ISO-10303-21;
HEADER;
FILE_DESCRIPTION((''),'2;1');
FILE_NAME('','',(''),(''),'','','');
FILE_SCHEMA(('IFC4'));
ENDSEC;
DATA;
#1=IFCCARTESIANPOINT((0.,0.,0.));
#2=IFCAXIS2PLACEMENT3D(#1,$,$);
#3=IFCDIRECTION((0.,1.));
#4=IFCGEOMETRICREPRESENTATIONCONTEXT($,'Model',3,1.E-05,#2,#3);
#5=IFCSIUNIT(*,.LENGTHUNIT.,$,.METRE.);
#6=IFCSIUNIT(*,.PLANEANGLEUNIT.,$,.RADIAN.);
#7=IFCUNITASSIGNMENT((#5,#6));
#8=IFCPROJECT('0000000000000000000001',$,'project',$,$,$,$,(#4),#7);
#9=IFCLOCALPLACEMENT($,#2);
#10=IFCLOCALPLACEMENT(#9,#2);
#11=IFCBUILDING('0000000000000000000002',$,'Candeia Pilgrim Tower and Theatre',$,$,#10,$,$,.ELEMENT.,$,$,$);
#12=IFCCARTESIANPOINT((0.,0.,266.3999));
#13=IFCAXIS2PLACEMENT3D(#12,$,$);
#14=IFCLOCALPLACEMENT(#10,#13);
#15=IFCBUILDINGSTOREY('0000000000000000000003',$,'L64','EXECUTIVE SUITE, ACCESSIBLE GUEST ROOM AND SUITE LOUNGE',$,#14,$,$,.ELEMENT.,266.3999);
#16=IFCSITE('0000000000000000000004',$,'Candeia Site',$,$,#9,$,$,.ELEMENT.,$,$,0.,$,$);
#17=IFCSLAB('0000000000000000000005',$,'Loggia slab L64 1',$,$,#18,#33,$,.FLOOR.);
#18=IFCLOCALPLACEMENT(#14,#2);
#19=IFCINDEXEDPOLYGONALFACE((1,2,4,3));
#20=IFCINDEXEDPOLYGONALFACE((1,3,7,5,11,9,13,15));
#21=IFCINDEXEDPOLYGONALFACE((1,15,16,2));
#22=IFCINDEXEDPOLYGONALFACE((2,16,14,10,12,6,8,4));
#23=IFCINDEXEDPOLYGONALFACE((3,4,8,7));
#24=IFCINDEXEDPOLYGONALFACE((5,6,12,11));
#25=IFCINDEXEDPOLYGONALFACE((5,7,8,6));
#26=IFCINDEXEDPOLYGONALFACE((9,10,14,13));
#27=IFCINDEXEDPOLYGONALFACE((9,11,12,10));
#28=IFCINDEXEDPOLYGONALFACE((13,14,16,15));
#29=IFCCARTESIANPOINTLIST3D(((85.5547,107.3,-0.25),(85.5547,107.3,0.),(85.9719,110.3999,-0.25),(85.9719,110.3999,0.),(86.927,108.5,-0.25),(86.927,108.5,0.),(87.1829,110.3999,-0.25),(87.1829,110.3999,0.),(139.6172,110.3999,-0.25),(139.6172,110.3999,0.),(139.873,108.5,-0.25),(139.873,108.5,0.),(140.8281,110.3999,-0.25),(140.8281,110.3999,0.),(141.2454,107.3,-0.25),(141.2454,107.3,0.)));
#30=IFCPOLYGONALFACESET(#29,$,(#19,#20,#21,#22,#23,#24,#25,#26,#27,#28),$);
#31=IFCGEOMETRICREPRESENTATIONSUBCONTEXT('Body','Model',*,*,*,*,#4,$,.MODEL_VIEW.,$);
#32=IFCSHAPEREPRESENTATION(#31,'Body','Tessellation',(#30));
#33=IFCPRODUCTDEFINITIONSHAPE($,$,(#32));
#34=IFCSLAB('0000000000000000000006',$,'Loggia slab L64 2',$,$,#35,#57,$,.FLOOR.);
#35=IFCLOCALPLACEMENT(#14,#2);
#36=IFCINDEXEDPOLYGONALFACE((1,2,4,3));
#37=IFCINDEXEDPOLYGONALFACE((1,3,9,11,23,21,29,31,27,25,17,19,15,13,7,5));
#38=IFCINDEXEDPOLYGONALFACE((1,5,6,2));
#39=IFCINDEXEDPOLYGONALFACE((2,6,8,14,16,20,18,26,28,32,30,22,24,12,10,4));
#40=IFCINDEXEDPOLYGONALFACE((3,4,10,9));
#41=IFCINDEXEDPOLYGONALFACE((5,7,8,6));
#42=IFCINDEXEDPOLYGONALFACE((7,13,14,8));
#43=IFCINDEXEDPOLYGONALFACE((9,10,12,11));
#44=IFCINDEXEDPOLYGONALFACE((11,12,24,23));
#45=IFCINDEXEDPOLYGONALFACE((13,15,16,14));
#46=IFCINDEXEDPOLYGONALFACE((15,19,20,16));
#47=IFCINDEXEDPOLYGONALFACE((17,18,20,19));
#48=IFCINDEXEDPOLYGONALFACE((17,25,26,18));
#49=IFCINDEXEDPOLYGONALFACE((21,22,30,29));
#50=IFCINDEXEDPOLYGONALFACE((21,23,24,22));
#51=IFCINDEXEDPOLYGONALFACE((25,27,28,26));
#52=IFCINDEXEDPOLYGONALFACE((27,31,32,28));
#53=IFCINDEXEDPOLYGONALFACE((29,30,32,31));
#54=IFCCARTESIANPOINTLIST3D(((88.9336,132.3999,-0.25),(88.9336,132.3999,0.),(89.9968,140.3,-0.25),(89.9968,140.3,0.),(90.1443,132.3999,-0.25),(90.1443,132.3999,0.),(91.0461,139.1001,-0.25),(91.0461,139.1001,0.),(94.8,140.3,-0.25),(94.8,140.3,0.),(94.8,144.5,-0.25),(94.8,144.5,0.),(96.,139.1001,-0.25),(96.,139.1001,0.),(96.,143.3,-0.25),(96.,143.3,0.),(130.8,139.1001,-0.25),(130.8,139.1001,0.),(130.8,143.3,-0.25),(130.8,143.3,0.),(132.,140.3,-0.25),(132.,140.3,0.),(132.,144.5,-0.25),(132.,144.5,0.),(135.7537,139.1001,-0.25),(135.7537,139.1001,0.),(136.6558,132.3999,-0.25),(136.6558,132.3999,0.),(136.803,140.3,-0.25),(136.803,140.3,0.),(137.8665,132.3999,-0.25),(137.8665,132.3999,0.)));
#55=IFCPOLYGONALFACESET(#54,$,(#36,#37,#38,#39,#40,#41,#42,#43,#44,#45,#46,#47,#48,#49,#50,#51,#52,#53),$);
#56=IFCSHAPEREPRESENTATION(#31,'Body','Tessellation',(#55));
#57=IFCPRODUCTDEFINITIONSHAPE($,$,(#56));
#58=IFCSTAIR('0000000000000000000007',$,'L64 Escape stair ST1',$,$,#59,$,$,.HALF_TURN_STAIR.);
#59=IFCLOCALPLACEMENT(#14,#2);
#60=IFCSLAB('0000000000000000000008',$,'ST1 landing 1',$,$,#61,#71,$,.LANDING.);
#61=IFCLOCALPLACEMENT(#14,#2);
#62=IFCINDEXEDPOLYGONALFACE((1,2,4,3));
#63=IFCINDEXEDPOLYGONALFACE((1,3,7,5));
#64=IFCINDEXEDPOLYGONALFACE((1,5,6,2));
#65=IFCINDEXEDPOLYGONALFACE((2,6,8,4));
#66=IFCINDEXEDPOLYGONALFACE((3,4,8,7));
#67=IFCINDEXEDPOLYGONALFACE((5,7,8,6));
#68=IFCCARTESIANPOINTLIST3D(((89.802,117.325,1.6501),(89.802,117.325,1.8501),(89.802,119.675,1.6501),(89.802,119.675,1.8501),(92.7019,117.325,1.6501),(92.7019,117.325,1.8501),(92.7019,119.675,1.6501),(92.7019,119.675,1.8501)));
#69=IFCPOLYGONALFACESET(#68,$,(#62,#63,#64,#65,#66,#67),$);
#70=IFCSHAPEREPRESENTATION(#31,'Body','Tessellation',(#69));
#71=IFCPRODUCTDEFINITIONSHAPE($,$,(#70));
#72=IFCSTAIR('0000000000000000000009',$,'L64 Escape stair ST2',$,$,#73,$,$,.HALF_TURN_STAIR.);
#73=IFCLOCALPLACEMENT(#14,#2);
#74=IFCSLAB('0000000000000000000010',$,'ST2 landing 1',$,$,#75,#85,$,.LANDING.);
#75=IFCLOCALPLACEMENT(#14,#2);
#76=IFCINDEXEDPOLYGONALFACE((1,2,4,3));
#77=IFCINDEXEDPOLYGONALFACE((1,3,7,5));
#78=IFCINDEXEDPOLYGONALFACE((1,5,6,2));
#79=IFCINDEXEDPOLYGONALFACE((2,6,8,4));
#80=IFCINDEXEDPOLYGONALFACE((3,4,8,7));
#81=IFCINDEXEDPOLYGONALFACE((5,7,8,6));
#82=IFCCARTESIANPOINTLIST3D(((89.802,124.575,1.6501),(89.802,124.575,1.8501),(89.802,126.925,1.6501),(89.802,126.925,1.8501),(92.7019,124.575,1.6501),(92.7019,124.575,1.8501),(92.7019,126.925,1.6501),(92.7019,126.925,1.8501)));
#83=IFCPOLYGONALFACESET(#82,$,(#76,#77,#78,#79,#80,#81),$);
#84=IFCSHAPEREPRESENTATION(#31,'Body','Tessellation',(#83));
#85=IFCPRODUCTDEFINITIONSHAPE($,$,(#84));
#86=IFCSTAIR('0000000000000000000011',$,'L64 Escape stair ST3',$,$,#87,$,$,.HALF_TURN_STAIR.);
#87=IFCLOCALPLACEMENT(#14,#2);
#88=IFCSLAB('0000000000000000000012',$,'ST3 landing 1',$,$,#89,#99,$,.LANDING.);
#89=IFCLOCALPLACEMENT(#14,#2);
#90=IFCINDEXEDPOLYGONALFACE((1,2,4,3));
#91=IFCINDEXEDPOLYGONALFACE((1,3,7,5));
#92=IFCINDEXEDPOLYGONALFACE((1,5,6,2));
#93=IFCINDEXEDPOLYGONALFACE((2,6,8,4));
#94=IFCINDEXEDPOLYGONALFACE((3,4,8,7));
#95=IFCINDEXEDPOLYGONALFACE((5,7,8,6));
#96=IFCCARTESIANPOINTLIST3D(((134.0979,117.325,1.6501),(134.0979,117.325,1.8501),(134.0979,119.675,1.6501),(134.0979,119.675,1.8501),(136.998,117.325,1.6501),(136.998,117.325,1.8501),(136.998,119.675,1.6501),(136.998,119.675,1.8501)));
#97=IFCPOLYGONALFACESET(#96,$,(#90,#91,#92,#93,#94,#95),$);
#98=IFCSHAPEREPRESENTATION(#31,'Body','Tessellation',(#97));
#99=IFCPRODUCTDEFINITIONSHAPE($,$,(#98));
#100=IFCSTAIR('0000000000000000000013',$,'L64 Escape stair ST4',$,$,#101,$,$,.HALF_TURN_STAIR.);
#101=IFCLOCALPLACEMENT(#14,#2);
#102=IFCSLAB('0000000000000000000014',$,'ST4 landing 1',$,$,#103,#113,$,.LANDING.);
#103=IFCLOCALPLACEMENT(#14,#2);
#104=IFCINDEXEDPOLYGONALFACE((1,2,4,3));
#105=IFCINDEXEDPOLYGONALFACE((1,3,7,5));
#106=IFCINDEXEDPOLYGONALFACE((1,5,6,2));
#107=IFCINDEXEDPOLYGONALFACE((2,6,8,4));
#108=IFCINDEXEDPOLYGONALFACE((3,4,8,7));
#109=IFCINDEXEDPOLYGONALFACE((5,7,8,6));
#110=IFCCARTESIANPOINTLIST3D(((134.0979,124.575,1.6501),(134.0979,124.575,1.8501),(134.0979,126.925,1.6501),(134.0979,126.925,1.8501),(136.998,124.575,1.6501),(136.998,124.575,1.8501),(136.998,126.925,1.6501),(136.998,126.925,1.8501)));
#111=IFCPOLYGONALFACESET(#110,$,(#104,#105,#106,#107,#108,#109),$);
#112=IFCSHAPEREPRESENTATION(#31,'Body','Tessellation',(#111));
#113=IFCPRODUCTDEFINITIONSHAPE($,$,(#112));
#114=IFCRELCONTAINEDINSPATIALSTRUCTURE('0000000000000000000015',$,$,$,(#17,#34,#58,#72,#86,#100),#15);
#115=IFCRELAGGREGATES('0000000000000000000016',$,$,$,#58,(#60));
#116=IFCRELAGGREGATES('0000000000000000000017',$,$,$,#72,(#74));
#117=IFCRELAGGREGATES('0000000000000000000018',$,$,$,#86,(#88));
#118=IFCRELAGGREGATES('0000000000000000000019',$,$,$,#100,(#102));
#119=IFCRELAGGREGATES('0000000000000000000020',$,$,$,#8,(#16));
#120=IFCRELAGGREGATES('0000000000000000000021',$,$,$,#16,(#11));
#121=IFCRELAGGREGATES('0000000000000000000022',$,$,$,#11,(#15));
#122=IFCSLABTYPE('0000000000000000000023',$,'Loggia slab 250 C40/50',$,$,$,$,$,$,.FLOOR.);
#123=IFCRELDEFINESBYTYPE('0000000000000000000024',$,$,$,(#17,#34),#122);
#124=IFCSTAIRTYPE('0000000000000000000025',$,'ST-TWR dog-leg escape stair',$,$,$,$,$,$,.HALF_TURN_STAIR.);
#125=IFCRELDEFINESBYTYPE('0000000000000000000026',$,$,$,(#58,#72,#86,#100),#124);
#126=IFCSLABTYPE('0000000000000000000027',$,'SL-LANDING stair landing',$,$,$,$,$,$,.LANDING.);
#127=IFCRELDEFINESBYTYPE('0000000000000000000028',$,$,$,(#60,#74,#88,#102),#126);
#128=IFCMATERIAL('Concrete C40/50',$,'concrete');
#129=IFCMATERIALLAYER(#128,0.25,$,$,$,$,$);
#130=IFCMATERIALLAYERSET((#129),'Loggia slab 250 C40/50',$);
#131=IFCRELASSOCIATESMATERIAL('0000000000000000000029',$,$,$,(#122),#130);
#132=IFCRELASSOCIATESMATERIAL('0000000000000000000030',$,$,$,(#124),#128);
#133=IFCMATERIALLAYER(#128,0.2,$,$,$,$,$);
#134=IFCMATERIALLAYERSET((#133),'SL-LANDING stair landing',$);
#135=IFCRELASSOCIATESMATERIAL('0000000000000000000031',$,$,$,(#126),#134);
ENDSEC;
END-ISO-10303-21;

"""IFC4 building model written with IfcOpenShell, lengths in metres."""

from ifc_helpers import new_model, si_unit, direction, frame, origin, place, context, subcontext, project, spatial, polyline, outline, extrude, material, layer, layer_set, type_object, element, aggregate, save


model = new_model("IFC4")

# Units and contexts
model_context = context("Model", 3, precision=1e-05, world=origin(), true_north=direction((0.0, 1.0)))
body_context = subcontext(model_context, "Body", "Model", "MODEL_VIEW")
ifc_project = project(units=[si_unit("LENGTHUNIT", "METRE"), si_unit("PLANEANGLEUNIT", "RADIAN")], contexts=[model_context])

# Site, building, storey
site_placement = place(None, origin())
site = spatial("IfcSite", under=ifc_project, at=site_placement, Name="Candeia Site", CompositionType="ELEMENT", RefElevation=0.0)
building_placement = place(site_placement, origin())
building = spatial("IfcBuilding", under=site, at=building_placement, Name="Candeia Pilgrim Tower and Theatre", CompositionType="ELEMENT")
storey_placement = place(building_placement, frame((0.0, 0.0, 266.3999)))
storey = spatial("IfcBuildingStorey", under=building, at=storey_placement, Name="L64", Description="EXECUTIVE SUITE, ACCESSIBLE GUEST ROOM AND SUITE LOUNGE", CompositionType="ELEMENT", Elevation=266.3999)

# Shared definitions
ifc_material_1 = material(Name="Concrete C40/50", Category="concrete")

# Slabs
ifc_layer_1 = layer(ifc_material_1, 0.25)
ifc_layer_set_1 = layer_set([ifc_layer_1], Name="Loggia slab 250 C40/50")
slab_type_1 = type_object("IfcSlabType", Name="Loggia slab 250 C40/50", PredefinedType="FLOOR", material=ifc_layer_set_1)
slab_1_placement = place(storey_placement, frame((0.0, 0.0, -0.25)))
element("IfcSlab", 1, at=slab_1_placement, inside=storey, type_object=slab_type_1, Name="Loggia slab L64 1", PredefinedType="FLOOR", context=body_context, shape_type="SweptSolid", body=[
    extrude(outline(polyline([(86.927, 108.5), (139.873, 108.5), (139.6172, 110.3999), (140.8281, 110.3999), (141.2454, 107.3), (85.5547, 107.3), (85.9719, 110.3999), (87.1829, 110.3999), (86.927, 108.5)])), origin(), (0.0, 0.0, 1.0), 0.25),
])
slab_2_placement = place(storey_placement, frame((0.0, 0.0, -0.25)))
element("IfcSlab", 2, at=slab_2_placement, inside=storey, type_object=slab_type_1, Name="Loggia slab L64 2", PredefinedType="FLOOR", context=body_context, shape_type="SweptSolid", body=[
    extrude(outline(polyline([(136.6558, 132.3999), (135.7537, 139.1001), (130.8, 139.1001), (130.8, 143.3), (96.0, 143.3), (96.0, 139.1001), (91.0461, 139.1001), (90.1443, 132.3999), (88.9336, 132.3999), (89.9968, 140.3), (94.8, 140.3), (94.8, 144.5), (132.0, 144.5), (132.0, 140.3), (136.803, 140.3), (137.8665, 132.3999), (136.6558, 132.3999)])), origin(), (0.0, 0.0, 1.0), 0.25),
])

# Stairs, slabs
stair_type = type_object("IfcStairType", Name="ST-TWR dog-leg escape stair", PredefinedType="HALF_TURN_STAIR", material=ifc_material_1)
stair_1_placement = place(storey_placement, origin())
stair_1 = element("IfcStair", 3, at=stair_1_placement, inside=storey, type_object=stair_type, Name="L64 Escape stair ST1", PredefinedType="HALF_TURN_STAIR")
ifc_layer_2 = layer(ifc_material_1, 0.2)
ifc_layer_set_2 = layer_set([ifc_layer_2], Name="SL-LANDING stair landing")
slab_type_2 = type_object("IfcSlabType", Name="SL-LANDING stair landing", PredefinedType="LANDING", material=ifc_layer_set_2)
slab_3_placement = place(storey_placement, frame((0.0, 0.0, 1.6501)))
slab_3 = element("IfcSlab", 4, at=slab_3_placement, type_object=slab_type_2, Name="ST1 landing 1", PredefinedType="LANDING", context=body_context, shape_type="SweptSolid", body=[
    extrude(outline(polyline([(89.802, 119.675), (89.802, 117.325), (92.7019, 117.325), (92.7019, 119.675), (89.802, 119.675)])), origin(), (0.0, 0.0, 1.0), 0.2),
])
aggregate(stair_1, [slab_3])
stair_2_placement = place(storey_placement, origin())
stair_2 = element("IfcStair", 5, at=stair_2_placement, inside=storey, type_object=stair_type, Name="L64 Escape stair ST2", PredefinedType="HALF_TURN_STAIR")
slab_4_placement = place(storey_placement, frame((0.0, 0.0, 1.6501)))
slab_4 = element("IfcSlab", 6, at=slab_4_placement, type_object=slab_type_2, Name="ST2 landing 1", PredefinedType="LANDING", context=body_context, shape_type="SweptSolid", body=[
    extrude(outline(polyline([(89.802, 126.925), (89.802, 124.575), (92.7019, 124.575), (92.7019, 126.925), (89.802, 126.925)])), origin(), (0.0, 0.0, 1.0), 0.2),
])
aggregate(stair_2, [slab_4])
stair_3_placement = place(storey_placement, origin())
stair_3 = element("IfcStair", 7, at=stair_3_placement, inside=storey, type_object=stair_type, Name="L64 Escape stair ST3", PredefinedType="HALF_TURN_STAIR")
slab_5_placement = place(storey_placement, frame((0.0, 0.0, 1.6501)))
slab_5 = element("IfcSlab", 8, at=slab_5_placement, type_object=slab_type_2, Name="ST3 landing 1", PredefinedType="LANDING", context=body_context, shape_type="SweptSolid", body=[
    extrude(outline(polyline([(134.0979, 119.675), (134.0979, 117.325), (136.998, 117.325), (136.998, 119.675), (134.0979, 119.675)])), origin(), (0.0, 0.0, 1.0), 0.2),
])
aggregate(stair_3, [slab_5])
stair_4_placement = place(storey_placement, origin())
stair_4 = element("IfcStair", 9, at=stair_4_placement, inside=storey, type_object=stair_type, Name="L64 Escape stair ST4", PredefinedType="HALF_TURN_STAIR")
slab_6_placement = place(storey_placement, frame((0.0, 0.0, 1.6501)))
slab_6 = element("IfcSlab", 10, at=slab_6_placement, type_object=slab_type_2, Name="ST4 landing 1", PredefinedType="LANDING", context=body_context, shape_type="SweptSolid", body=[
    extrude(outline(polyline([(134.0979, 126.925), (134.0979, 124.575), (136.998, 124.575), (136.998, 126.925), (134.0979, 126.925)])), origin(), (0.0, 0.0, 1.0), 0.2),
])
aggregate(stair_4, [slab_6])

save(model, "model.ifc")
